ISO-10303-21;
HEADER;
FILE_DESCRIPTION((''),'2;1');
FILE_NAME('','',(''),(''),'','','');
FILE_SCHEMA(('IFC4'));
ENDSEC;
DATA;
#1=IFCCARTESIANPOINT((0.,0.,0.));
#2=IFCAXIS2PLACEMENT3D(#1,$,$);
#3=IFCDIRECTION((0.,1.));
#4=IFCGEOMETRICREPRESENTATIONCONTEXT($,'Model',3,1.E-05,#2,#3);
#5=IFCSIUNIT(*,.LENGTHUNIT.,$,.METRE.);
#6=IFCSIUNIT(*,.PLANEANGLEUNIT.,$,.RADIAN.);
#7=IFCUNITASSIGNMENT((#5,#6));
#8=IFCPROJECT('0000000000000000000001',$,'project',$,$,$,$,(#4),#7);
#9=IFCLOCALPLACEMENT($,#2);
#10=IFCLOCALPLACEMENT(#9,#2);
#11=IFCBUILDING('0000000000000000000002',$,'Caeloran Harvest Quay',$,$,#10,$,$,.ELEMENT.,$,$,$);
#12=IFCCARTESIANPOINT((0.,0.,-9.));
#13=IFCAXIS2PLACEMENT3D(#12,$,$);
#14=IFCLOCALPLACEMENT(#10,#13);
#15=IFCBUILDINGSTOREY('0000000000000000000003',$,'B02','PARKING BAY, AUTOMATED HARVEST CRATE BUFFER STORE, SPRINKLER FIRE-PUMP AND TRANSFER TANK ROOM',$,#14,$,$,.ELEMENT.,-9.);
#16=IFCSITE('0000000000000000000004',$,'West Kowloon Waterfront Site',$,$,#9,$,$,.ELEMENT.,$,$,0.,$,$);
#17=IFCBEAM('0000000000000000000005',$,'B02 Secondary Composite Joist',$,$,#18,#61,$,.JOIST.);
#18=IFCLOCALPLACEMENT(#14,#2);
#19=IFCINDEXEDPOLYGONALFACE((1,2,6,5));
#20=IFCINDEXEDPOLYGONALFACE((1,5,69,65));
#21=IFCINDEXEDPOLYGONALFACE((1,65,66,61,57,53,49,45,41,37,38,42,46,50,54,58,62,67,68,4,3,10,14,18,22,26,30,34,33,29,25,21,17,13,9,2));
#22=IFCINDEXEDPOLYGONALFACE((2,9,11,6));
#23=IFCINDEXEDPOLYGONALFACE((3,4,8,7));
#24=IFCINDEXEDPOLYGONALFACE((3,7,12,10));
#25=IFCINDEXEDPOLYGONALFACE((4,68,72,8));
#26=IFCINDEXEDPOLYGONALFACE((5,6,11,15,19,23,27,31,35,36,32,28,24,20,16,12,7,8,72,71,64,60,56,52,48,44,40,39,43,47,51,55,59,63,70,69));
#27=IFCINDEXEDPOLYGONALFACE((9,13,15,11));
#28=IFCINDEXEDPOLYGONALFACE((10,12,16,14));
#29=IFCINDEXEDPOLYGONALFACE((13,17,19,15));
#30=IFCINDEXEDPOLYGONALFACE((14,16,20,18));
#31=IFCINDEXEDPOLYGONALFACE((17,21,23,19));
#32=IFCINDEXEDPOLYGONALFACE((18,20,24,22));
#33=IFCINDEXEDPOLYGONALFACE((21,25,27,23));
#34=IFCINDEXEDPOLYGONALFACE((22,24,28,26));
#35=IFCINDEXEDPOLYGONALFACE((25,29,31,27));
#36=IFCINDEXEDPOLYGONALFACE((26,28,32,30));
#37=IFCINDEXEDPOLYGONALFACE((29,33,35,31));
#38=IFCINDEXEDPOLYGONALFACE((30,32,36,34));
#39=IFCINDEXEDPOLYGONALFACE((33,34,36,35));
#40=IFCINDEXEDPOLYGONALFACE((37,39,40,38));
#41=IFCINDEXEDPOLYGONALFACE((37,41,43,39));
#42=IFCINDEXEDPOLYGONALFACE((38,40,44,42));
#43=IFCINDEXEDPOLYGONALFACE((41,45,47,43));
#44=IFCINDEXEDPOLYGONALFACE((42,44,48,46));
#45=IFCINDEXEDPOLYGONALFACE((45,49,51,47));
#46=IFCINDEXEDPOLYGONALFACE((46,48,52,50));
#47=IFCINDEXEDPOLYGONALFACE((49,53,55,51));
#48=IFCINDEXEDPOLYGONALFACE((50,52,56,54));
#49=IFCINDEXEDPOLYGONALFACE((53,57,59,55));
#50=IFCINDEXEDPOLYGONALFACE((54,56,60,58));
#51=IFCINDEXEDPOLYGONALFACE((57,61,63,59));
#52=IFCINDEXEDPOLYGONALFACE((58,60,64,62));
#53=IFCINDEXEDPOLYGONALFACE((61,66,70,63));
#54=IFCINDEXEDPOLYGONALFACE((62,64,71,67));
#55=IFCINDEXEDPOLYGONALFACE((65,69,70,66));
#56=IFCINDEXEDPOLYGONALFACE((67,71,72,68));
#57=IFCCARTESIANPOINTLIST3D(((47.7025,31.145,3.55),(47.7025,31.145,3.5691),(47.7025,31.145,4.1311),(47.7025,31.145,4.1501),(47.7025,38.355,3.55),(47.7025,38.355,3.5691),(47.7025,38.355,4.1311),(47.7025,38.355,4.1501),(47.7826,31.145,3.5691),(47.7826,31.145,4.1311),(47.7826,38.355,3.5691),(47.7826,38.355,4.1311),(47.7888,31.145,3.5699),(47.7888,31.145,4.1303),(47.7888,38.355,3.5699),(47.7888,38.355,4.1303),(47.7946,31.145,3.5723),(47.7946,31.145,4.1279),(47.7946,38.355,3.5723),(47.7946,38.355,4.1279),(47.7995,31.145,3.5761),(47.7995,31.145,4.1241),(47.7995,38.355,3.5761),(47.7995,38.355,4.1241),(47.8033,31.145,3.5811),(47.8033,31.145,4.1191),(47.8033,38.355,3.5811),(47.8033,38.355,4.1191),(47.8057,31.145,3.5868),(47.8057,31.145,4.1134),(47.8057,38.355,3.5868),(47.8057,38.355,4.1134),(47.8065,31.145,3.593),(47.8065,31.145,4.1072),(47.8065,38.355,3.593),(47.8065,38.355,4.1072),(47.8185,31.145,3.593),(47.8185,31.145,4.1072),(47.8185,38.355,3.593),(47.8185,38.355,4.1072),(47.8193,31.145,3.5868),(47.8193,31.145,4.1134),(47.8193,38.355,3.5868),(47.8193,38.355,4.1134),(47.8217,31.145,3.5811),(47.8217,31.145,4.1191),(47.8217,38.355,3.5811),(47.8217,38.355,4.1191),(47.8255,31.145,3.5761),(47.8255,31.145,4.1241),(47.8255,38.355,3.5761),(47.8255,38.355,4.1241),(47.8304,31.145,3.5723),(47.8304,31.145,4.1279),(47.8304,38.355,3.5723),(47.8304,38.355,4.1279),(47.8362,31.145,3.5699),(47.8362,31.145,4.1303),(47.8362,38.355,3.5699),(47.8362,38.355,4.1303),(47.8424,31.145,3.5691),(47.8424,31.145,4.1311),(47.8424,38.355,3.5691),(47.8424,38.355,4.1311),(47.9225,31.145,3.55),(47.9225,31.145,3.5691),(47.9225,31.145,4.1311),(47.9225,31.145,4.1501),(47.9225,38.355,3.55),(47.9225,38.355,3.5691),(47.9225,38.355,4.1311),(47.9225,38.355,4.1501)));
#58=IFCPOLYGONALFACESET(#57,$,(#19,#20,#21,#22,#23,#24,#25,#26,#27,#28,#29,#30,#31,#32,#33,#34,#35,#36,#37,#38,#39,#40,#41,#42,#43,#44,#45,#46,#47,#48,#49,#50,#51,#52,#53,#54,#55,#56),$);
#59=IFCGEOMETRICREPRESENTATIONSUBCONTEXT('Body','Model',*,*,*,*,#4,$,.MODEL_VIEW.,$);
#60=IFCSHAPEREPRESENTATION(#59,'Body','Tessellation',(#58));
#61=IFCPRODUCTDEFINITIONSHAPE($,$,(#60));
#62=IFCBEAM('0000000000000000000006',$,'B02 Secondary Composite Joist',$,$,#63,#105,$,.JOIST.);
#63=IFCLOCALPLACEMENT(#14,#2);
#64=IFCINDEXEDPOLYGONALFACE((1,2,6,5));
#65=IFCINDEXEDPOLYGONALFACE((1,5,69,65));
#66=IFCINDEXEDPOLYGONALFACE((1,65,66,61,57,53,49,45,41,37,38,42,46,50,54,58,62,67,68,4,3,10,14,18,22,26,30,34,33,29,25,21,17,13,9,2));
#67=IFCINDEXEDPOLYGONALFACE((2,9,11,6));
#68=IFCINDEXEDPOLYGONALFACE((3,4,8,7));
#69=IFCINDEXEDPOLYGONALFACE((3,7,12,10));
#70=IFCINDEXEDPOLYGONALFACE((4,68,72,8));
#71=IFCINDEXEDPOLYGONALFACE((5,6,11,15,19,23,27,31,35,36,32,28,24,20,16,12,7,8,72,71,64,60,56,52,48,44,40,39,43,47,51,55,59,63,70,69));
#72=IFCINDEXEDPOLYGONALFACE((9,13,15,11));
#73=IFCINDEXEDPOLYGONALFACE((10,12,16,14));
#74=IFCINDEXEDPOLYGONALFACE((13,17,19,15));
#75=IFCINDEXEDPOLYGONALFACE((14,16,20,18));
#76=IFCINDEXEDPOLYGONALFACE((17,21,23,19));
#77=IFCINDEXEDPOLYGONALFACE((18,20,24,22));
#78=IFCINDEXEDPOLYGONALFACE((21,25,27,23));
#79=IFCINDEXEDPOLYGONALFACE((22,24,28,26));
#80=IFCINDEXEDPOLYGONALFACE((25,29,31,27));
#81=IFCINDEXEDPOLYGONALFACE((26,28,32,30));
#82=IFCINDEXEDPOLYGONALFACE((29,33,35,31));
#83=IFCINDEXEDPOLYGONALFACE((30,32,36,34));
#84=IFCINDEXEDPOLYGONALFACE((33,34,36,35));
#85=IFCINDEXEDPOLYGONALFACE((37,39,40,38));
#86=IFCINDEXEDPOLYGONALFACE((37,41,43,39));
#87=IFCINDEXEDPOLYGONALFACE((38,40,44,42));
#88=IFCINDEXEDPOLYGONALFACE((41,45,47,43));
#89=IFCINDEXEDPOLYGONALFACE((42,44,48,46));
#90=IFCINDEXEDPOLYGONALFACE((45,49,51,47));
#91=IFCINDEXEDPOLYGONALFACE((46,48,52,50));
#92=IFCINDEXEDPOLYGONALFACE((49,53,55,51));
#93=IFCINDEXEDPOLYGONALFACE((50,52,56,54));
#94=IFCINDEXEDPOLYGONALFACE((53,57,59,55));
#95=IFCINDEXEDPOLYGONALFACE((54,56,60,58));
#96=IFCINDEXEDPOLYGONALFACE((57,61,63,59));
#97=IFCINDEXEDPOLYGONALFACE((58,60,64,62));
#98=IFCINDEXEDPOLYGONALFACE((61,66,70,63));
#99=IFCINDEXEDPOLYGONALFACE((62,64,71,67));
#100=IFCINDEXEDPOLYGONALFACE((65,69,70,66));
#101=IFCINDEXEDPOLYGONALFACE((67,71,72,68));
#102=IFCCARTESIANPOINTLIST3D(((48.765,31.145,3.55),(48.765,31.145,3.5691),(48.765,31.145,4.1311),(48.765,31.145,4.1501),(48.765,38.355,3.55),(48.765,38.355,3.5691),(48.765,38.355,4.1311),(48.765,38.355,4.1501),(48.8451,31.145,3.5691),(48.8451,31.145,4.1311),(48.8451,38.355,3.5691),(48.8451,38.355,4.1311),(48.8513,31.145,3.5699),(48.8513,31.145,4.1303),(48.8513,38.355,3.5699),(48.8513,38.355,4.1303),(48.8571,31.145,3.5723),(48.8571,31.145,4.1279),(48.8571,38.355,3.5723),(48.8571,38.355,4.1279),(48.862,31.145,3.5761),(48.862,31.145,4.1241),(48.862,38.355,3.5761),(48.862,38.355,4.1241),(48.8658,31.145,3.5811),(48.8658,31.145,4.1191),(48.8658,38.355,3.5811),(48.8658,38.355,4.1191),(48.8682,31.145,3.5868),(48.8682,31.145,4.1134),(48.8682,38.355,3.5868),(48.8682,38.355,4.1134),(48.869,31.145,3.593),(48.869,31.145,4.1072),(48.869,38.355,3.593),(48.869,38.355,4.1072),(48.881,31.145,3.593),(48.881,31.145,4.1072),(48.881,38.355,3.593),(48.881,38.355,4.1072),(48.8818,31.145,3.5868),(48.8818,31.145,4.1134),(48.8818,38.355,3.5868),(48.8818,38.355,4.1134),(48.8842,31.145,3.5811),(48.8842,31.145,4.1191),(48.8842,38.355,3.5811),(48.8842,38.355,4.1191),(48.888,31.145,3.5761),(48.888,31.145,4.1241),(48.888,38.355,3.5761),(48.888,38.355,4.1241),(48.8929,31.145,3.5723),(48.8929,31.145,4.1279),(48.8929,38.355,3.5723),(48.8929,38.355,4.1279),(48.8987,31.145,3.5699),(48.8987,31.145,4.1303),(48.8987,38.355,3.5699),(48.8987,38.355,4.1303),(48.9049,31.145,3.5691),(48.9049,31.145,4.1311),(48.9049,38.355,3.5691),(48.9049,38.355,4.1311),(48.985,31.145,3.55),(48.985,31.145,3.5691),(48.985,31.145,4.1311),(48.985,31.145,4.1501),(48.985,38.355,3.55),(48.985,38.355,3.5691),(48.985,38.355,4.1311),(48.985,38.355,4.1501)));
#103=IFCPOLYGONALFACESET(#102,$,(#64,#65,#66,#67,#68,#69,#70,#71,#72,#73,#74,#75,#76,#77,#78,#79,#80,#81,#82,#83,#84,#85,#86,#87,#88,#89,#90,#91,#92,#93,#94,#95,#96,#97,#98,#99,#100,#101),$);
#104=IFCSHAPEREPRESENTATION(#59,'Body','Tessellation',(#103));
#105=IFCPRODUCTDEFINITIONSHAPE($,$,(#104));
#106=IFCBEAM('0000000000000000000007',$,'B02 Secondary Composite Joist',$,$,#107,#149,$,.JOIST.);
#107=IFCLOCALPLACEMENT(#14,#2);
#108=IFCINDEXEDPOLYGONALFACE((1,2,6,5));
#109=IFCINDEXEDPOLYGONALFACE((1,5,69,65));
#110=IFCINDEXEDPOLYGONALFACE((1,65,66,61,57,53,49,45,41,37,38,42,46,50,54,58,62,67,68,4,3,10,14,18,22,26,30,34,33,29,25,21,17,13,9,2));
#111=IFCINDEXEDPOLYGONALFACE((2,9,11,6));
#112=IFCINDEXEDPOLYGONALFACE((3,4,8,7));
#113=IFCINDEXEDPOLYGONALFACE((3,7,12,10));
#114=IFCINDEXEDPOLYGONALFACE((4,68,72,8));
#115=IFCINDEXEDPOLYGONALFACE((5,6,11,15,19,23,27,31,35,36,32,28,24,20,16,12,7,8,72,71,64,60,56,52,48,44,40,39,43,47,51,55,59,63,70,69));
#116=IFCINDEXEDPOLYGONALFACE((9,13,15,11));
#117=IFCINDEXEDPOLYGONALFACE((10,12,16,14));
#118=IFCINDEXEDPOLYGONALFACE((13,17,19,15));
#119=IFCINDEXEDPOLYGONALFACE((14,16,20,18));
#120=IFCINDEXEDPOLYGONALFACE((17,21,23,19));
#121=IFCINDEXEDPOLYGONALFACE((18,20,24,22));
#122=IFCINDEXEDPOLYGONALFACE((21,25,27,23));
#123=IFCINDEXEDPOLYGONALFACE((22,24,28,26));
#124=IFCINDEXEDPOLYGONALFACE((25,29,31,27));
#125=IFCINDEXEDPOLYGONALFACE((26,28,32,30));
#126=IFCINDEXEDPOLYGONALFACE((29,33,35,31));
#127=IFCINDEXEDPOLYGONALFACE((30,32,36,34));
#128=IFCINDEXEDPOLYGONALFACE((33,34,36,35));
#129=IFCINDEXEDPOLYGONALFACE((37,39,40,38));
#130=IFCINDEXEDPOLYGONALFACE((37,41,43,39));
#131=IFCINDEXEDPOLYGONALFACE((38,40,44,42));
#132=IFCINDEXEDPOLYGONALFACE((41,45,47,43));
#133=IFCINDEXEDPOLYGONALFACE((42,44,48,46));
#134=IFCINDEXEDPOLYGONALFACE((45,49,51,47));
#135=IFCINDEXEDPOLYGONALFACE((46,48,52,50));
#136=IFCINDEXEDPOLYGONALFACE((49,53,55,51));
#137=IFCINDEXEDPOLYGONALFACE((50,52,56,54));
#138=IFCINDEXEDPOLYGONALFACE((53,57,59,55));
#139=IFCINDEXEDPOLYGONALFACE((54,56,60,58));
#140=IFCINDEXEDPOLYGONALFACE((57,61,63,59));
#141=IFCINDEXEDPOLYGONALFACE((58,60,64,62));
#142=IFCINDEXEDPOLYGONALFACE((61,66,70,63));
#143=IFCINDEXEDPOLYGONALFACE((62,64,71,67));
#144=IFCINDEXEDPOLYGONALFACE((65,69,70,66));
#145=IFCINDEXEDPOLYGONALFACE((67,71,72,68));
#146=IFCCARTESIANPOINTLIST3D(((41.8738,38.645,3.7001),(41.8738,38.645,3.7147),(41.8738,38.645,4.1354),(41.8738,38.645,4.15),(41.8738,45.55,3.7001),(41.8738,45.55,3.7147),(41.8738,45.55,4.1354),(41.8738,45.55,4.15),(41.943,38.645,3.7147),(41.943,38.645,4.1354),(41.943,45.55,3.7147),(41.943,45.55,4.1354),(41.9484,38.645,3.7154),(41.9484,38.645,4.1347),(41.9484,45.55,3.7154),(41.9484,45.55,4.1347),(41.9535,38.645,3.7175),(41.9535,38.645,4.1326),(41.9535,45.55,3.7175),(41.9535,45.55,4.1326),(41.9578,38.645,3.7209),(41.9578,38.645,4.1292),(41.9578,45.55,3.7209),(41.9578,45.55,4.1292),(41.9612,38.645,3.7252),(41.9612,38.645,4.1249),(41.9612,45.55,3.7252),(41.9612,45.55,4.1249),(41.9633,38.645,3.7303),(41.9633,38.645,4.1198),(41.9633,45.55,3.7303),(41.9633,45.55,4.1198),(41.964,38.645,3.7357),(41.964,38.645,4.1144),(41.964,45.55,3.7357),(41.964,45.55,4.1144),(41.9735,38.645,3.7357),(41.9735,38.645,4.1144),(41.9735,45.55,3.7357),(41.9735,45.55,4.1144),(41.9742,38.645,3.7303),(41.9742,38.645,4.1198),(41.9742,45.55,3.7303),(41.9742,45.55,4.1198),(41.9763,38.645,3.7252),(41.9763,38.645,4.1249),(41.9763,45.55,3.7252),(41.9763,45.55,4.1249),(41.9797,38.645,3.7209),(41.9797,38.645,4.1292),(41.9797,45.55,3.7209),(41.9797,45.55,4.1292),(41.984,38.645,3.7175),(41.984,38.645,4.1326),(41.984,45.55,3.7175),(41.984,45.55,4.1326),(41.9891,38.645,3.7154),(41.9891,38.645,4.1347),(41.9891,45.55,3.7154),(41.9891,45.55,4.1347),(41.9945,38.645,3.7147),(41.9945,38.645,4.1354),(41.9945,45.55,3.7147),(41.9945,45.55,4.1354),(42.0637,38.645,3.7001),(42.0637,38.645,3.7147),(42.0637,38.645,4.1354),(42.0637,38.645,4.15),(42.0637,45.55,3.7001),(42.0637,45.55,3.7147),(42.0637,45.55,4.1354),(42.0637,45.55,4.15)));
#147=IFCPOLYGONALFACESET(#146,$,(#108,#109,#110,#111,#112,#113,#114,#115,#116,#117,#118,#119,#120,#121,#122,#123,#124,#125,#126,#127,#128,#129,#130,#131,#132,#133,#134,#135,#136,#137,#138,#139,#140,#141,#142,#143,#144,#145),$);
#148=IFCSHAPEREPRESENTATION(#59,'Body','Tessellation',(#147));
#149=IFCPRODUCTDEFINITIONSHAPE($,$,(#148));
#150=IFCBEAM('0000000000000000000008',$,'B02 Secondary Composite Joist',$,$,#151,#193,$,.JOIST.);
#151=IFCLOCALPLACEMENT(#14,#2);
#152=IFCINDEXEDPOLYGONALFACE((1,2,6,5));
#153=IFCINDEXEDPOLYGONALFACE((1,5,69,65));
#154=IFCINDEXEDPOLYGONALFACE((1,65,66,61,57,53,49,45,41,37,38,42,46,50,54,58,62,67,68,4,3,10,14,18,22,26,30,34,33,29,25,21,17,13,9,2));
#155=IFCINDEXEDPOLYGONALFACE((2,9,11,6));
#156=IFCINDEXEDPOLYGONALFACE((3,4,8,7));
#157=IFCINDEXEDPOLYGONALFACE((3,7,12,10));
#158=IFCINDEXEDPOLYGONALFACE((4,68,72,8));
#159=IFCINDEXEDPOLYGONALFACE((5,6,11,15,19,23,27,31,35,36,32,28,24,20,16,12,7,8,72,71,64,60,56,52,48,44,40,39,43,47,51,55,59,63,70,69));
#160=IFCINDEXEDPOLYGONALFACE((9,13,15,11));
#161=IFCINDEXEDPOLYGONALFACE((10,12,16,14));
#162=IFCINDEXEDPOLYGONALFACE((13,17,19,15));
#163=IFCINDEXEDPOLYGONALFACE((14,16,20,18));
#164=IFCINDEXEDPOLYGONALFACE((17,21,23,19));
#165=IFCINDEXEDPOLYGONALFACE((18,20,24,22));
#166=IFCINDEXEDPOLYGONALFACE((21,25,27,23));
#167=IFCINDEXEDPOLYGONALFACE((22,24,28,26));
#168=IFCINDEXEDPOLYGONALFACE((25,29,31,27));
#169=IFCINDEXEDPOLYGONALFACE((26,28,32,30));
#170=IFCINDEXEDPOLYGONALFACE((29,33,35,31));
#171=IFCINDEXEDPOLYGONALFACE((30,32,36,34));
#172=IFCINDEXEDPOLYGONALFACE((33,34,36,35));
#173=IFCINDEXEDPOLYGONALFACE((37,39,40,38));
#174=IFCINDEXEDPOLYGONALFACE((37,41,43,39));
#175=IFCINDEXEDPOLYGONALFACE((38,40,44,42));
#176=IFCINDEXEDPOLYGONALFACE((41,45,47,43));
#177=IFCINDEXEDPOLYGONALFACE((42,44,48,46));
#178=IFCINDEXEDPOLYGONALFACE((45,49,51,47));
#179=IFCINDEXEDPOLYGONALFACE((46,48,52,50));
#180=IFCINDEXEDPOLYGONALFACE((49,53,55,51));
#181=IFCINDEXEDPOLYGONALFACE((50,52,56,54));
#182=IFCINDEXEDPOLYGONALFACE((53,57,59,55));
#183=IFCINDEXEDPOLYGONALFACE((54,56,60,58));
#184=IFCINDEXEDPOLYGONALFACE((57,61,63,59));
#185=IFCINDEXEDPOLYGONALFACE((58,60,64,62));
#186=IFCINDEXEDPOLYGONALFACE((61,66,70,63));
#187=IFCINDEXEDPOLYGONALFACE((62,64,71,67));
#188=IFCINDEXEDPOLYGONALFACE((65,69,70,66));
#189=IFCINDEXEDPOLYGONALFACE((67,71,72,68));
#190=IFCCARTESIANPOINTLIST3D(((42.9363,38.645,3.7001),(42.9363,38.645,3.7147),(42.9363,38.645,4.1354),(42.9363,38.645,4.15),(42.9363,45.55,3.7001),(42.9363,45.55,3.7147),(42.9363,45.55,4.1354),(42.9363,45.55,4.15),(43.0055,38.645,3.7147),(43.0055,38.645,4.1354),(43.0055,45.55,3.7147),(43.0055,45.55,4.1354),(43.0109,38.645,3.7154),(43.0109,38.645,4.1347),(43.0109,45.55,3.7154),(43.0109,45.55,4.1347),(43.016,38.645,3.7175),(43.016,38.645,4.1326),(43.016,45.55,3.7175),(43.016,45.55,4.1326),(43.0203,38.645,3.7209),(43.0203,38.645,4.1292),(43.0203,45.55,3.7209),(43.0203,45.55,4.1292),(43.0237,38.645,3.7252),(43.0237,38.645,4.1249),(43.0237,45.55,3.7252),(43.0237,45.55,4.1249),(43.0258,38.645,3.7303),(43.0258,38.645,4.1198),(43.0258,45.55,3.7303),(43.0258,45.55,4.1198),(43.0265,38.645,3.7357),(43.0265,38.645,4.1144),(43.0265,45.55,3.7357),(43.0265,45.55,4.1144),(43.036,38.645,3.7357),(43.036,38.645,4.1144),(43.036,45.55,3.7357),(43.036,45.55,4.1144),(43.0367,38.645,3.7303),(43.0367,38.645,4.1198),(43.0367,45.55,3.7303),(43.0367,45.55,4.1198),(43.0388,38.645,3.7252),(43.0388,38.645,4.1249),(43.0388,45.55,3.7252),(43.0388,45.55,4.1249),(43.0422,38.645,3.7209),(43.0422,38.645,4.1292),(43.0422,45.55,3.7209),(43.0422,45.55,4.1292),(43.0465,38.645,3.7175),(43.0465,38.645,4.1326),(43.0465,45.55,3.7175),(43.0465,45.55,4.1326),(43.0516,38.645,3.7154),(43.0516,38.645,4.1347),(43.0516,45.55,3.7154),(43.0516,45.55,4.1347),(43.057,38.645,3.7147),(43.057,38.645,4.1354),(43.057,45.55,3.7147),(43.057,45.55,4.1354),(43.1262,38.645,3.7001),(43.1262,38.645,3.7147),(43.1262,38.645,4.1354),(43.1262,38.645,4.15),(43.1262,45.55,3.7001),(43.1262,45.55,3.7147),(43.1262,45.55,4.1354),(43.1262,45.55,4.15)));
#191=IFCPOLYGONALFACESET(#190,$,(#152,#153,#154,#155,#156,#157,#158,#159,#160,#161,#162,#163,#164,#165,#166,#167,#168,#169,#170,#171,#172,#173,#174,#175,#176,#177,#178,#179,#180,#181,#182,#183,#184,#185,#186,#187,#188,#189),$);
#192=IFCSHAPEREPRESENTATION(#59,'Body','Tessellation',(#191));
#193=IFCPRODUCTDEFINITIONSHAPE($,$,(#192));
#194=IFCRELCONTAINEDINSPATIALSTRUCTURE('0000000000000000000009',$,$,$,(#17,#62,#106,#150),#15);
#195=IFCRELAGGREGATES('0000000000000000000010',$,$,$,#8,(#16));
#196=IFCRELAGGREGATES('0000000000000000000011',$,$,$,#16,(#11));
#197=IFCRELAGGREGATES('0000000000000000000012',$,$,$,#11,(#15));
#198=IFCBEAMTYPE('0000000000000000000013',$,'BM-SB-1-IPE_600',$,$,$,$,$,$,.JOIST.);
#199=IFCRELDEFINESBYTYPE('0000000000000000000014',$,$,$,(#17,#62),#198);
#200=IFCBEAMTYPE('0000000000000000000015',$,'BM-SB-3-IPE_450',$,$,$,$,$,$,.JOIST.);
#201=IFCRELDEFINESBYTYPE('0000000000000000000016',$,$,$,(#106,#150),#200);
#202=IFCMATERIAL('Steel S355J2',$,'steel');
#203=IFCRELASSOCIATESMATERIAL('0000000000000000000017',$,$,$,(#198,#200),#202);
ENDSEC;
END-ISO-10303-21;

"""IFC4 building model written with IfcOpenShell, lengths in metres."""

from ifc_helpers import new_model, si_unit, direction, frame, origin, origin_2d, place, context, subcontext, project, spatial, i_section, extrude, material, material_profile, profile_set, type_object, element, save


model = new_model("IFC4")

# Units and contexts
model_context = context("Model", 3, precision=1e-05, world=origin(), true_north=direction((0.0, 1.0)))
body_context = subcontext(model_context, "Body", "Model", "MODEL_VIEW")
ifc_project = project(units=[si_unit("LENGTHUNIT", "METRE"), si_unit("PLANEANGLEUNIT", "RADIAN")], contexts=[model_context])

# Site, building, storey
site_placement = place(None, origin())
site = spatial("IfcSite", under=ifc_project, at=site_placement, Name="West Kowloon Waterfront Site", CompositionType="ELEMENT", RefElevation=0.0)
building_placement = place(site_placement, origin())
building = spatial("IfcBuilding", under=site, at=building_placement, Name="Caeloran Harvest Quay", CompositionType="ELEMENT")
storey_placement = place(building_placement, frame((0.0, 0.0, -9.0)))
storey = spatial("IfcBuildingStorey", under=building, at=storey_placement, Name="B02", Description="PARKING BAY, AUTOMATED HARVEST CRATE BUFFER STORE, SPRINKLER FIRE-PUMP AND TRANSFER TANK ROOM", CompositionType="ELEMENT", Elevation=-9.0)

# Beams
ifc_material_1 = material(Name="Steel S355J2", Category="steel")
ifc_material_profile_1 = material_profile(ifc_material_1, i_section(OverallWidth=0.22, OverallDepth=0.6001, WebThickness=0.012, FlangeThickness=0.019, FilletRadius=0.0239, at=origin_2d()), Name="IPE 600")
ifc_profile_set_1 = profile_set([ifc_material_profile_1], Name="Steel S355J2")
beam_type_1 = type_object("IfcBeamType", Name="BM-SB-1-IPE_600", PredefinedType="JOIST", material=ifc_profile_set_1)
for number, where, z_axis, x_axis, name in (
    (1, (47.8125, 31.145, 3.8501), (0.0, 1.0, 0.0), (-1.0, 0.0, 0.0), "B02 Secondary Composite Joist"),
    (2, (48.875, 31.145, 3.8501), (0.0, 1.0, 0.0), (-1.0, 0.0, 0.0), "B02 Secondary Composite Joist"),
):
    element("IfcBeam", number, at=place(storey_placement, frame(where, z_axis=z_axis, x_axis=x_axis)), inside=storey, type_object=beam_type_1, Name=name, PredefinedType="JOIST", context=body_context, shape_type="SweptSolid", body=[
        extrude(i_section(OverallWidth=0.22, OverallDepth=0.6001, WebThickness=0.012, FlangeThickness=0.019, FilletRadius=0.0239, at=origin_2d()), origin(), (0.0, 0.0, 1.0), 7.21),
    ])
ifc_material_profile_2 = material_profile(ifc_material_1, i_section(OverallWidth=0.1899, OverallDepth=0.45, WebThickness=0.0095, FlangeThickness=0.0146, FilletRadius=0.021, at=origin_2d()), Name="IPE 450")
ifc_profile_set_2 = profile_set([ifc_material_profile_2], Name="Steel S355J2")
beam_type_2 = type_object("IfcBeamType", Name="BM-SB-3-IPE_450", PredefinedType="JOIST", material=ifc_profile_set_2)
for number, where, z_axis, x_axis, name in (
    (3, (41.9688, 38.645, 3.925), (0.0, 1.0, 0.0), (-1.0, 0.0, 0.0), "B02 Secondary Composite Joist"),
    (4, (43.0312, 38.645, 3.925), (0.0, 1.0, 0.0), (-1.0, 0.0, 0.0), "B02 Secondary Composite Joist"),
):
    element("IfcBeam", number, at=place(storey_placement, frame(where, z_axis=z_axis, x_axis=x_axis)), inside=storey, type_object=beam_type_2, Name=name, PredefinedType="JOIST", context=body_context, shape_type="SweptSolid", body=[
        extrude(i_section(OverallWidth=0.1899, OverallDepth=0.45, WebThickness=0.0095, FlangeThickness=0.0146, FilletRadius=0.021, at=origin_2d()), origin(), (0.0, 0.0, 1.0), 6.905),
    ])

save(model, "model.ifc")
